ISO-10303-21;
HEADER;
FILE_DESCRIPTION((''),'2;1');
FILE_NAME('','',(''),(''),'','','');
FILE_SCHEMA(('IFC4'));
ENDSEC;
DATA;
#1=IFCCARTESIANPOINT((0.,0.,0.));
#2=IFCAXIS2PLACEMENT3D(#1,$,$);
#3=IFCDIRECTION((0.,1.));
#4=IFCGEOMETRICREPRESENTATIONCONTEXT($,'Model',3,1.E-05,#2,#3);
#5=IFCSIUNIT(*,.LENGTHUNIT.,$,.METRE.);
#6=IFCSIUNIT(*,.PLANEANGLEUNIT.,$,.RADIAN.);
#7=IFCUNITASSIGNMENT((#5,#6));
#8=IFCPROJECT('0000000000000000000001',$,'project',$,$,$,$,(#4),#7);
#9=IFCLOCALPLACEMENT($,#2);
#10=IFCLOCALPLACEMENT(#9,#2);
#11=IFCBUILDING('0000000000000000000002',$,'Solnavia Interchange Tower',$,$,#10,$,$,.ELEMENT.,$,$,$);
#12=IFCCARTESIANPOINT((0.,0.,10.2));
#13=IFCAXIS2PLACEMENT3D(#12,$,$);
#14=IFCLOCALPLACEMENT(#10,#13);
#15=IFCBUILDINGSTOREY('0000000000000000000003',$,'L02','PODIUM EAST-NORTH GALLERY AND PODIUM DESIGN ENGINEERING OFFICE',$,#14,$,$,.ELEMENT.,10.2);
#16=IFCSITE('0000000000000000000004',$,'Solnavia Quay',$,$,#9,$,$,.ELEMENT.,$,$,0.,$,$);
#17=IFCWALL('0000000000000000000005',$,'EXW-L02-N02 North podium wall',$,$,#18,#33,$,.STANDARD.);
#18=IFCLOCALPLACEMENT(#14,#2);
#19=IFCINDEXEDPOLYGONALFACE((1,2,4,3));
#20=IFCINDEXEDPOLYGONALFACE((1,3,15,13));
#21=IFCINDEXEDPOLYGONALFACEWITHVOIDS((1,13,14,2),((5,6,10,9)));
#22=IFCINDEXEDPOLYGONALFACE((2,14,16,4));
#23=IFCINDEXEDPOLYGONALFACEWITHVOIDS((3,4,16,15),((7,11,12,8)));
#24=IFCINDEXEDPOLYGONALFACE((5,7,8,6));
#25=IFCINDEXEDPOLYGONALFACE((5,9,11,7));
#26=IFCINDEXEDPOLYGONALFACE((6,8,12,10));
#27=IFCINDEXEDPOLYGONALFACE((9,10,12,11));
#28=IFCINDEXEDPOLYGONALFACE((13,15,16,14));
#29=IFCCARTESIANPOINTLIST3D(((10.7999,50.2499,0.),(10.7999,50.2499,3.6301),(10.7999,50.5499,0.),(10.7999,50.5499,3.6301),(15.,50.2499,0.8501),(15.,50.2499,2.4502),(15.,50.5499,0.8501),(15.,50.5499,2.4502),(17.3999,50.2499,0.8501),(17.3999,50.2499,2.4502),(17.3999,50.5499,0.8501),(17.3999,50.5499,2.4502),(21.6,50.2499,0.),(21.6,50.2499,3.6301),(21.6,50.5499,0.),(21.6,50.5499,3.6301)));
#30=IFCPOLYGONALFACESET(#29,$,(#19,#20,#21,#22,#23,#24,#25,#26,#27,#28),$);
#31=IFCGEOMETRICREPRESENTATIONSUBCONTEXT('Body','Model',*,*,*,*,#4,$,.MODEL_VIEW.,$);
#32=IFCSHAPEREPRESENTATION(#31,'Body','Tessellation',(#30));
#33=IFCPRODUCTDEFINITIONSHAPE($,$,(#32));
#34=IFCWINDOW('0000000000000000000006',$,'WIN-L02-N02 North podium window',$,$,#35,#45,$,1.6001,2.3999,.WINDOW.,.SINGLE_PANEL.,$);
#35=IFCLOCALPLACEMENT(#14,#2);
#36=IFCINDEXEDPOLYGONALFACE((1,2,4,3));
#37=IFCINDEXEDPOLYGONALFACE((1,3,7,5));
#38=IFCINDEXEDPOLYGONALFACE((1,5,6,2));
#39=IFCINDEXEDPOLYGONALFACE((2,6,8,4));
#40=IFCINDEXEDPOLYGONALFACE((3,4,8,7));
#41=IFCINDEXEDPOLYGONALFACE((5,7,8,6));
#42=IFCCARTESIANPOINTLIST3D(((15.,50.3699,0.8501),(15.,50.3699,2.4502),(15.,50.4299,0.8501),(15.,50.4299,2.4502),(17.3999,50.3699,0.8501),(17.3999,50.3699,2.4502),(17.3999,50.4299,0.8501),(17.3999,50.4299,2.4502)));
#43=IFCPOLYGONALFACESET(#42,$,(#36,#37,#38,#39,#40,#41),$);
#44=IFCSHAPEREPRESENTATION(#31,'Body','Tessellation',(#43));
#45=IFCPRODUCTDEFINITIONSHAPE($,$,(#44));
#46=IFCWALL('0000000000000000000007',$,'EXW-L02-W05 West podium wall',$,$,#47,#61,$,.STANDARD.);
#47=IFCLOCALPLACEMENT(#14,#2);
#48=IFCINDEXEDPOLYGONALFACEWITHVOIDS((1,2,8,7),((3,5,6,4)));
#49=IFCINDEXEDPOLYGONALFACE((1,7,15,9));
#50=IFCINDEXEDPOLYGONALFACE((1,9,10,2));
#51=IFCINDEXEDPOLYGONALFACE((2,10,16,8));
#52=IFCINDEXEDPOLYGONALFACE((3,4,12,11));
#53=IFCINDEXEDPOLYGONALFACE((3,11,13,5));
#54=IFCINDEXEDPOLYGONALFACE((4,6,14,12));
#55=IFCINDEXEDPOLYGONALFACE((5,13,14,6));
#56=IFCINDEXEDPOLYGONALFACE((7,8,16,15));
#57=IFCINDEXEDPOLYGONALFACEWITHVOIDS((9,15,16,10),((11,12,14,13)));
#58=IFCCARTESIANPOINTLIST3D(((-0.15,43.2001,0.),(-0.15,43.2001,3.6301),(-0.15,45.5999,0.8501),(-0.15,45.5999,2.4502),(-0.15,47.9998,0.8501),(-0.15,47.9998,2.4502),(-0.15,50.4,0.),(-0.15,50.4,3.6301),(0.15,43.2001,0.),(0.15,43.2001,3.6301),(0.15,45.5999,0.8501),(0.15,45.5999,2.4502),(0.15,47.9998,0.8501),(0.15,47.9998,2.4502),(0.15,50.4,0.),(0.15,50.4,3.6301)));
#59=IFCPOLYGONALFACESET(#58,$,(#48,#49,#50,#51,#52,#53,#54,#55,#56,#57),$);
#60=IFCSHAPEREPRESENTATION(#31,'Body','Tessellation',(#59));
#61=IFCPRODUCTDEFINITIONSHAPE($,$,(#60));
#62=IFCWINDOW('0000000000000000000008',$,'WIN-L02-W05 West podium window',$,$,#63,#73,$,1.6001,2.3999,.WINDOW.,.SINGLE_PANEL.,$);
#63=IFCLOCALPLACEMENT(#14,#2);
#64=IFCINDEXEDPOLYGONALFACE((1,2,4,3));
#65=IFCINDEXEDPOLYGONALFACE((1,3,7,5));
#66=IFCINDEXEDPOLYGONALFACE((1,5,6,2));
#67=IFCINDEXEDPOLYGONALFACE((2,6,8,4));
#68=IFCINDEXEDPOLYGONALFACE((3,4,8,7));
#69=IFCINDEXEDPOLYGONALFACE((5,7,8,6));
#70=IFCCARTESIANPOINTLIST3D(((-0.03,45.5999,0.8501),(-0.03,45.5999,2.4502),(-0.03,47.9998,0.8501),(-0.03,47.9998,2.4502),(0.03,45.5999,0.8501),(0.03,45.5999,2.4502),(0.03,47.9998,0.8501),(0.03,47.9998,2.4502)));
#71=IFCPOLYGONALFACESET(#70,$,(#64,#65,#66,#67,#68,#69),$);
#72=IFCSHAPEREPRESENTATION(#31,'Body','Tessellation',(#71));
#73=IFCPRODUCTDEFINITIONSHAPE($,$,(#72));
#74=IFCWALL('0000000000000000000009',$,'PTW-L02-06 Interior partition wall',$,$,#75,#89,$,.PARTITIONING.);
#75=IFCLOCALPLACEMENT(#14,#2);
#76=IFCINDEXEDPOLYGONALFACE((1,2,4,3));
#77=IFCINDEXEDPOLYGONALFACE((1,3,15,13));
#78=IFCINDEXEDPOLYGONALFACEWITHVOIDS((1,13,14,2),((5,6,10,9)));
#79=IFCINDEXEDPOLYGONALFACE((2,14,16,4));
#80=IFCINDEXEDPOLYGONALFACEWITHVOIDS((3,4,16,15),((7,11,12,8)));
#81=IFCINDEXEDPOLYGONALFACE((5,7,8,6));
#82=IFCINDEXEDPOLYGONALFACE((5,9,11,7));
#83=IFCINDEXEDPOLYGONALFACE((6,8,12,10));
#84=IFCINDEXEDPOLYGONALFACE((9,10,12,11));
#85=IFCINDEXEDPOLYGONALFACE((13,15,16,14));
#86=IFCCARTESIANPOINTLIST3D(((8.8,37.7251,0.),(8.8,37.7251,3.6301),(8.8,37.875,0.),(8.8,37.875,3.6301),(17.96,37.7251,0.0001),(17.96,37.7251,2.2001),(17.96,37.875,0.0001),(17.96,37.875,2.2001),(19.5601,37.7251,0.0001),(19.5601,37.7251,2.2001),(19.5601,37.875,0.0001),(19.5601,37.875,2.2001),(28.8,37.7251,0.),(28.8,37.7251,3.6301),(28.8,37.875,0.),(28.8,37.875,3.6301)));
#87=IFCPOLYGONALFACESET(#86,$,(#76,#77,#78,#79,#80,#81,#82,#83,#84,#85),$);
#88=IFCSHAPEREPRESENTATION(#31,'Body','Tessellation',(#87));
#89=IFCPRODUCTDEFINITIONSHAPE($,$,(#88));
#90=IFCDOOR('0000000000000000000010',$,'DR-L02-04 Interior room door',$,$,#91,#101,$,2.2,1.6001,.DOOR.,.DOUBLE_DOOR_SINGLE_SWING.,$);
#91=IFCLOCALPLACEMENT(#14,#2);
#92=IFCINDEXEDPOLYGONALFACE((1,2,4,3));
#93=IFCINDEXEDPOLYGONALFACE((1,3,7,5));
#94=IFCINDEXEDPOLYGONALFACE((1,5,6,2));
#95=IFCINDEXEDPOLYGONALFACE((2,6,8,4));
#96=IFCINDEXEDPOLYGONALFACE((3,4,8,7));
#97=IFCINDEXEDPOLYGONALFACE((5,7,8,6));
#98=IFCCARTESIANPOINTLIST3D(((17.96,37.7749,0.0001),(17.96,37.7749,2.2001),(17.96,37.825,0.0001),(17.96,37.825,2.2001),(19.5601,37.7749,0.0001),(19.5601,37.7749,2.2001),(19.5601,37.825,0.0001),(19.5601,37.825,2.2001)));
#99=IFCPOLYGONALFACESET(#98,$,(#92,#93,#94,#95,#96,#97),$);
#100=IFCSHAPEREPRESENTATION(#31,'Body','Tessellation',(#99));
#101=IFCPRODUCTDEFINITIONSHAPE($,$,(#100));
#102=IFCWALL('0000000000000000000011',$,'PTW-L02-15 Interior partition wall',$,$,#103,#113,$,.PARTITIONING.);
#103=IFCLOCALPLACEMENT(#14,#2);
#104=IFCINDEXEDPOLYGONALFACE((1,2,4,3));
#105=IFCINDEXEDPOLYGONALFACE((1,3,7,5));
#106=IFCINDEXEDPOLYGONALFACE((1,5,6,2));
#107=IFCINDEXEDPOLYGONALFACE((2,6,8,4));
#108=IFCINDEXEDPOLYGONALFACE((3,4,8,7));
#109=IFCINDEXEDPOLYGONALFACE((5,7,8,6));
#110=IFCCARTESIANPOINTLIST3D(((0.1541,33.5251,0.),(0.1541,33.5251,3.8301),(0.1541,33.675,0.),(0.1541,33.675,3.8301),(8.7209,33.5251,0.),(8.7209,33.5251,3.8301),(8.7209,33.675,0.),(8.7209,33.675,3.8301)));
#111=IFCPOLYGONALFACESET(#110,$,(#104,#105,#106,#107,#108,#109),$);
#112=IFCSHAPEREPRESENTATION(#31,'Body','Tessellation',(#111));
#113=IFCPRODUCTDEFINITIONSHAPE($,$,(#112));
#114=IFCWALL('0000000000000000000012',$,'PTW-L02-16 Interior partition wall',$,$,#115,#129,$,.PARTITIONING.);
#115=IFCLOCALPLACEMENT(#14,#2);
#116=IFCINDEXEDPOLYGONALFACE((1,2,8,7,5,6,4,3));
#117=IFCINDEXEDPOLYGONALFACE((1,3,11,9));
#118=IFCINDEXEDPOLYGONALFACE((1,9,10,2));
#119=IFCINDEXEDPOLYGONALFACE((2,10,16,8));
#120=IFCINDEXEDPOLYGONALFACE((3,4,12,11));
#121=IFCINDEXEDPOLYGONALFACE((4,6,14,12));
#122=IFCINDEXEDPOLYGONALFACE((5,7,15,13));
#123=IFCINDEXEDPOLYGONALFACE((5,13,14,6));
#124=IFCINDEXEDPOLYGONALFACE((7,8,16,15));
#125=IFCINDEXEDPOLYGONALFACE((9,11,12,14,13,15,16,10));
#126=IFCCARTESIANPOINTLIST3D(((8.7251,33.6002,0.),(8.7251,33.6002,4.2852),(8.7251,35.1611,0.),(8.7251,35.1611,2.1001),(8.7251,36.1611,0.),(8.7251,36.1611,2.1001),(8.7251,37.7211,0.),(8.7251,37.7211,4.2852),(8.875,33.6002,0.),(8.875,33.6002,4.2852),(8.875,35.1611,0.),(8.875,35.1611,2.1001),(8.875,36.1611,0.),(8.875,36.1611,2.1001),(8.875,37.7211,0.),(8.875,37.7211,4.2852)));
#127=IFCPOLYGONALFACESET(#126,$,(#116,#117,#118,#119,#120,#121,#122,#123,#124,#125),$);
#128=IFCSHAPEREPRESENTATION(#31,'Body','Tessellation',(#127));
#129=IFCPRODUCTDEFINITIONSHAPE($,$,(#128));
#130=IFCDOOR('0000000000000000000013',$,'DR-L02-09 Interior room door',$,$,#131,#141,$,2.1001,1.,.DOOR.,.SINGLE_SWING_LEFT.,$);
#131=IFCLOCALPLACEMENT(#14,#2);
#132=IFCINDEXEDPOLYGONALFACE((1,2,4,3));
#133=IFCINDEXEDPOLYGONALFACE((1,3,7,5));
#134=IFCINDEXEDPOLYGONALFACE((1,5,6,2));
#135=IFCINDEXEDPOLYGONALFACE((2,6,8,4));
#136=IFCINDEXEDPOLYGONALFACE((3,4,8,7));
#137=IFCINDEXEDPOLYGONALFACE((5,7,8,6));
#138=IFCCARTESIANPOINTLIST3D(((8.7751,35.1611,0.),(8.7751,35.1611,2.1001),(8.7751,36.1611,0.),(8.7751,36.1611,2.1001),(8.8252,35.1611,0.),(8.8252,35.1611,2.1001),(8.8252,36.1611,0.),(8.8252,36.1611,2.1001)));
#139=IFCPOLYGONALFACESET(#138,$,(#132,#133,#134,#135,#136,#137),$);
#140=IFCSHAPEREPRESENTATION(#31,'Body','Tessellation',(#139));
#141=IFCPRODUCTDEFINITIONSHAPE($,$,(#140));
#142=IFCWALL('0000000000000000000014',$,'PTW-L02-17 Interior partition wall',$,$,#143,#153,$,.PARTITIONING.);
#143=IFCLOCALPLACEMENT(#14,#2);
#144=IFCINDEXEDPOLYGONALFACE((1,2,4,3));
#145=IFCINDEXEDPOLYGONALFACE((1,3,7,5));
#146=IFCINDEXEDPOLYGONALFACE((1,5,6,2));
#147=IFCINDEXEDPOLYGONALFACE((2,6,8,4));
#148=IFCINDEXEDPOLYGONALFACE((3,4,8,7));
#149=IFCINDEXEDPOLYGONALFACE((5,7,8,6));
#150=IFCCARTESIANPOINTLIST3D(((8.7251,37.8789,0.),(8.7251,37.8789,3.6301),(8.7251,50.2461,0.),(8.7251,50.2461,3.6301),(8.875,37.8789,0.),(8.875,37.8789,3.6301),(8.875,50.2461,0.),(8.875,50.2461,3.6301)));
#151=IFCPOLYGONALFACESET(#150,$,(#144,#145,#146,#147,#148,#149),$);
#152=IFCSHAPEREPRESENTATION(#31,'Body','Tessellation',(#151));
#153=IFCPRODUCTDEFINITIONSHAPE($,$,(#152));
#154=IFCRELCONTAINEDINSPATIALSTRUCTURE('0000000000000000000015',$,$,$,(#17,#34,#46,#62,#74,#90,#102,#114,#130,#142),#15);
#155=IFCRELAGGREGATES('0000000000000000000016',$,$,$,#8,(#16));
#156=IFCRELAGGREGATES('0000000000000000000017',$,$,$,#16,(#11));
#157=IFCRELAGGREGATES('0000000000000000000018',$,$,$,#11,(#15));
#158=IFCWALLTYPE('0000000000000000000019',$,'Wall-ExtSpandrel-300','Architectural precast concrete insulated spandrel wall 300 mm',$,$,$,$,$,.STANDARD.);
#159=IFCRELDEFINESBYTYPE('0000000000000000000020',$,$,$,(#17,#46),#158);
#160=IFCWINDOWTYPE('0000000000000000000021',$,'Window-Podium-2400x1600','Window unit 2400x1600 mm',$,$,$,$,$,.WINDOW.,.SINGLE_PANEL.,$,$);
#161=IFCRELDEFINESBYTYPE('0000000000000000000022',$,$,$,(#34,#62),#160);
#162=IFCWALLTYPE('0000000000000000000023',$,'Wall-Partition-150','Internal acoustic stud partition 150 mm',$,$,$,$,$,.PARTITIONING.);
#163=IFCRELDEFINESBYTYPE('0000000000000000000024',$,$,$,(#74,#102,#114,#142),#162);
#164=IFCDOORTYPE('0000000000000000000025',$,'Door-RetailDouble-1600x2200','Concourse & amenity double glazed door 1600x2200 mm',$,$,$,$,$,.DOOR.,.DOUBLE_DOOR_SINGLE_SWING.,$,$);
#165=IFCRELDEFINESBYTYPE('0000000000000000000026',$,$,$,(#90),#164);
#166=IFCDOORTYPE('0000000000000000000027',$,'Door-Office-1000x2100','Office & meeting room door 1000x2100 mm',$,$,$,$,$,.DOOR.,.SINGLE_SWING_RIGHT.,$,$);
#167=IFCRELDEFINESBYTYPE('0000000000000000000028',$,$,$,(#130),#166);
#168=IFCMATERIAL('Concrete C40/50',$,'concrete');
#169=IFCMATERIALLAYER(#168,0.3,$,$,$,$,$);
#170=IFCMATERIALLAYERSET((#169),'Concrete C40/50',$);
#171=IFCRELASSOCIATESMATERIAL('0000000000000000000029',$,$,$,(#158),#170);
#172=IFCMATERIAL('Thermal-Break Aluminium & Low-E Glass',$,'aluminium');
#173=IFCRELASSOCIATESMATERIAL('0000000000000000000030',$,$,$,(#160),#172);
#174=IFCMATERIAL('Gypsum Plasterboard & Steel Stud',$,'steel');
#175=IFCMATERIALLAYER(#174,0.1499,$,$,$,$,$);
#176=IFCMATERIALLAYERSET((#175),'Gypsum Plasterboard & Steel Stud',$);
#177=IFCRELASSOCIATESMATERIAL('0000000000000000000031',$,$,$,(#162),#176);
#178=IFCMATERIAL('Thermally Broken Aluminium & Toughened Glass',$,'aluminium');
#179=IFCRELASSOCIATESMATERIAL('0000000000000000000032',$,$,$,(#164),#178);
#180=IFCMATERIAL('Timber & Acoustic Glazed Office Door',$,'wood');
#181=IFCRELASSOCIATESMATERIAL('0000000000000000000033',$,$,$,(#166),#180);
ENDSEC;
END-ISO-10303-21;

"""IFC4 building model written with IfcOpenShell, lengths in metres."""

from ifc_helpers import new_model, si_unit, direction, frame, frame_2d, origin, place, context, subcontext, project, spatial, rectangle, extrude, material, layer, layer_set, type_object, element, fill, save


model = new_model("IFC4")

# Units and contexts
model_context = context("Model", 3, precision=1e-05, world=origin(), true_north=direction((0.0, 1.0)))
body_context = subcontext(model_context, "Body", "Model", "MODEL_VIEW")
ifc_project = project(units=[si_unit("LENGTHUNIT", "METRE"), si_unit("PLANEANGLEUNIT", "RADIAN")], contexts=[model_context])

# Site, building, storey
site_placement = place(None, origin())
site = spatial("IfcSite", under=ifc_project, at=site_placement, Name="Solnavia Quay", CompositionType="ELEMENT", RefElevation=0.0)
building_placement = place(site_placement, origin())
building = spatial("IfcBuilding", under=site, at=building_placement, Name="Solnavia Interchange Tower", CompositionType="ELEMENT")
storey_placement = place(building_placement, frame((0.0, 0.0, 10.2)))
storey = spatial("IfcBuildingStorey", under=building, at=storey_placement, Name="L02", Description="PODIUM EAST-NORTH GALLERY AND PODIUM DESIGN ENGINEERING OFFICE", CompositionType="ELEMENT", Elevation=10.2)

# Walls, openings, windows
ifc_material_1 = material(Name="Concrete C40/50", Category="concrete")
ifc_layer_1 = layer(ifc_material_1, 0.3)
ifc_layer_set_1 = layer_set([ifc_layer_1], Name="Concrete C40/50")
wall_type_1 = type_object("IfcWallType", Name="Wall-ExtSpandrel-300", Description="Architectural precast concrete insulated spandrel wall 300 mm", PredefinedType="STANDARD", material=ifc_layer_set_1)
ifc_material_2 = material(Name="Thermal-Break Aluminium & Low-E Glass", Category="aluminium")
window_type = type_object("IfcWindowType", Name="Window-Podium-2400x1600", Description="Window unit 2400x1600 mm", PartitioningType="SINGLE_PANEL", PredefinedType="WINDOW", material=ifc_material_2)
wall_1_placement = place(storey_placement, frame((10.8, 50.3999, 0.0), z_axis=(0.0, 0.0, 1.0), x_axis=(1.0, 0.0, 0.0)))
wall_1 = element("IfcWall", 1, at=wall_1_placement, inside=storey, type_object=wall_type_1, Name="EXW-L02-N02 North podium wall", PredefinedType="STANDARD", context=body_context, shape_type="SweptSolid", body=[
    extrude(rectangle(XDim=10.8, YDim=0.3, at=frame_2d((5.3999, 0.0))), origin(), (0.0, 0.0, 1.0), 3.6301),
])
opening_1_placement = place(wall_1_placement, frame((4.2, 0.0, 0.8501)))
opening_1 = element("IfcOpeningElement", 2, at=opening_1_placement, cuts=wall_1, PredefinedType="OPENING", context=body_context, shape_type="SweptSolid", body=[
    extrude(rectangle(XDim=2.3999, YDim=1.6001, at=frame_2d((1.2, 0.8))), frame((0.0, 0.1602, 0.0), z_axis=(0.0, -1.0, 0.0), x_axis=(1.0, 0.0, 0.0)), (0.0, 0.0, 1.0), 0.3201),
])
window_1_placement = place(opening_1_placement, origin())
window_1 = element("IfcWindow", 3, at=window_1_placement, inside=storey, type_object=window_type, Name="WIN-L02-N02 North podium window", OverallHeight=1.6001, OverallWidth=2.3999, PartitioningType="SINGLE_PANEL", PredefinedType="WINDOW", context=body_context, shape_type="SweptSolid", body=[
    extrude(rectangle(XDim=2.3999, YDim=1.6001, at=frame_2d((1.2, 0.8))), frame((0.0, 0.03, 0.0), z_axis=(0.0, -1.0, 0.0), x_axis=(1.0, 0.0, 0.0)), (0.0, 0.0, 1.0), 0.0601),
])
fill(opening_1, window_1)
wall_2_placement = place(storey_placement, frame((0.0, 43.2, 0.0), z_axis=(0.0, 0.0, 1.0), x_axis=(0.0, 1.0, 0.0)))
wall_2 = element("IfcWall", 4, at=wall_2_placement, inside=storey, type_object=wall_type_1, Name="EXW-L02-W05 West podium wall", PredefinedType="STANDARD", context=body_context, shape_type="SweptSolid", body=[
    extrude(rectangle(XDim=7.2, YDim=0.3, at=frame_2d((3.6001, 0.0))), origin(), (0.0, 0.0, 1.0), 3.6301),
])
opening_2_placement = place(wall_2_placement, frame((2.3999, 0.0, 0.8501)))
opening_2 = element("IfcOpeningElement", 5, at=opening_2_placement, cuts=wall_2, PredefinedType="OPENING", context=body_context, shape_type="SweptSolid", body=[
    extrude(rectangle(XDim=2.3999, YDim=1.6001, at=frame_2d((1.2, 0.8))), frame((0.0, 0.1602, 0.0), z_axis=(0.0, -1.0, 0.0), x_axis=(1.0, 0.0, 0.0)), (0.0, 0.0, 1.0), 0.3201),
])
window_2_placement = place(opening_2_placement, origin())
window_2 = element("IfcWindow", 6, at=window_2_placement, inside=storey, type_object=window_type, Name="WIN-L02-W05 West podium window", OverallHeight=1.6001, OverallWidth=2.3999, PartitioningType="SINGLE_PANEL", PredefinedType="WINDOW", context=body_context, shape_type="SweptSolid", body=[
    extrude(rectangle(XDim=2.3999, YDim=1.6001, at=frame_2d((1.2, 0.8))), frame((0.0, 0.03, 0.0), z_axis=(0.0, -1.0, 0.0), x_axis=(1.0, 0.0, 0.0)), (0.0, 0.0, 1.0), 0.0601),
])
fill(opening_2, window_2)

# Wall, opening, door
ifc_material_3 = material(Name="Gypsum Plasterboard & Steel Stud", Category="steel")
ifc_layer_2 = layer(ifc_material_3, 0.1499)
ifc_layer_set_2 = layer_set([ifc_layer_2], Name="Gypsum Plasterboard & Steel Stud")
wall_type_2 = type_object("IfcWallType", Name="Wall-Partition-150", Description="Internal acoustic stud partition 150 mm", PredefinedType="PARTITIONING", material=ifc_layer_set_2)
wall_3_placement = place(storey_placement, frame((8.8, 37.8, 0.0), z_axis=(0.0, 0.0, 1.0), x_axis=(1.0, 0.0, 0.0)))
wall_3 = element("IfcWall", 7, at=wall_3_placement, inside=storey, type_object=wall_type_2, Name="PTW-L02-06 Interior partition wall", PredefinedType="PARTITIONING", context=body_context, shape_type="SweptSolid", body=[
    extrude(rectangle(XDim=20.0, YDim=0.1499, at=frame_2d((10.0, 0.0))), origin(), (0.0, 0.0, 1.0), 3.6301),
])
opening_3_placement = place(wall_3_placement, frame((9.1599, 0.0, 0.0)))
opening_3 = element("IfcOpeningElement", 8, at=opening_3_placement, cuts=wall_3, PredefinedType="OPENING", context=body_context, shape_type="SweptSolid", body=[
    extrude(rectangle(XDim=1.6001, YDim=2.2, at=frame_2d((0.8, 1.1001))), frame((0.0, 0.085, 0.0), z_axis=(0.0, -1.0, 0.0), x_axis=(1.0, 0.0, 0.0)), (0.0, 0.0, 1.0), 0.1699),
])
ifc_material_4 = material(Name="Thermally Broken Aluminium & Toughened Glass", Category="aluminium")
door_type_1 = type_object("IfcDoorType", Name="Door-RetailDouble-1600x2200", Description="Concourse & amenity double glazed door 1600x2200 mm", OperationType="DOUBLE_DOOR_SINGLE_SWING", PredefinedType="DOOR", material=ifc_material_4)
door_1_placement = place(opening_3_placement, origin())
door_1 = element("IfcDoor", 9, at=door_1_placement, inside=storey, type_object=door_type_1, Name="DR-L02-04 Interior room door", OperationType="DOUBLE_DOOR_SINGLE_SWING", OverallHeight=2.2, OverallWidth=1.6001, PredefinedType="DOOR", context=body_context, shape_type="SweptSolid", body=[
    extrude(rectangle(XDim=1.6001, YDim=2.2, at=frame_2d((0.8, 1.1001))), frame((0.0, 0.0249, 0.0), z_axis=(0.0, -1.0, 0.0), x_axis=(1.0, 0.0, 0.0)), (0.0, 0.0, 1.0), 0.05),
])
fill(opening_3, door_1)

# Wall
wall_4_placement = place(storey_placement, frame((0.1541, 33.6001, 0.0), z_axis=(0.0, 0.0, 1.0), x_axis=(1.0, 0.0, 0.0)))
element("IfcWall", 10, at=wall_4_placement, inside=storey, type_object=wall_type_2, Name="PTW-L02-15 Interior partition wall", PredefinedType="PARTITIONING", context=body_context, shape_type="SweptSolid", body=[
    extrude(rectangle(XDim=8.5669, YDim=0.1499, at=frame_2d((4.2834, 0.0))), origin(), (0.0, 0.0, 1.0), 3.8301),
])

# Wall, opening, door
wall_5_placement = place(storey_placement, frame((8.8, 33.6001, 0.0), z_axis=(0.0, 0.0, 1.0), x_axis=(0.0, 1.0, 0.0)))
wall_5 = element("IfcWall", 11, at=wall_5_placement, inside=storey, type_object=wall_type_2, Name="PTW-L02-16 Interior partition wall", PredefinedType="PARTITIONING", context=body_context, shape_type="SweptSolid", body=[
    extrude(rectangle(XDim=4.1208, YDim=0.1499, at=frame_2d((2.0605, 0.0))), origin(), (0.0, 0.0, 1.0), 4.2852),
])
opening_4_placement = place(wall_5_placement, frame((1.561, 0.0, 0.0)))
opening_4 = element("IfcOpeningElement", 12, at=opening_4_placement, cuts=wall_5, PredefinedType="OPENING", context=body_context, shape_type="SweptSolid", body=[
    extrude(rectangle(XDim=1.0, YDim=2.1001, at=frame_2d((0.5, 1.05))), frame((0.0, 0.085, 0.0), z_axis=(0.0, -1.0, 0.0), x_axis=(1.0, 0.0, 0.0)), (0.0, 0.0, 1.0), 0.1699),
])
ifc_material_5 = material(Name="Timber & Acoustic Glazed Office Door", Category="wood")
door_type_2 = type_object("IfcDoorType", Name="Door-Office-1000x2100", Description="Office & meeting room door 1000x2100 mm", OperationType="SINGLE_SWING_RIGHT", PredefinedType="DOOR", material=ifc_material_5)
door_2_placement = place(opening_4_placement, origin())
door_2 = element("IfcDoor", 13, at=door_2_placement, inside=storey, type_object=door_type_2, Name="DR-L02-09 Interior room door", OperationType="SINGLE_SWING_LEFT", OverallHeight=2.1001, OverallWidth=1.0, PredefinedType="DOOR", context=body_context, shape_type="SweptSolid", body=[
    extrude(rectangle(XDim=1.0, YDim=2.1001, at=frame_2d((0.5, 1.05))), frame((0.0, 0.0249, 0.0), z_axis=(0.0, -1.0, 0.0), x_axis=(1.0, 0.0, 0.0)), (0.0, 0.0, 1.0), 0.05),
])
fill(opening_4, door_2)

# Wall
wall_6_placement = place(storey_placement, frame((8.8, 37.8789, 0.0), z_axis=(0.0, 0.0, 1.0), x_axis=(0.0, 1.0, 0.0)))
element("IfcWall", 14, at=wall_6_placement, inside=storey, type_object=wall_type_2, Name="PTW-L02-17 Interior partition wall", PredefinedType="PARTITIONING", context=body_context, shape_type="SweptSolid", body=[
    extrude(rectangle(XDim=12.3672, YDim=0.1499, at=frame_2d((6.1836, 0.0))), origin(), (0.0, 0.0, 1.0), 3.6301),
])

save(model, "model.ifc")
